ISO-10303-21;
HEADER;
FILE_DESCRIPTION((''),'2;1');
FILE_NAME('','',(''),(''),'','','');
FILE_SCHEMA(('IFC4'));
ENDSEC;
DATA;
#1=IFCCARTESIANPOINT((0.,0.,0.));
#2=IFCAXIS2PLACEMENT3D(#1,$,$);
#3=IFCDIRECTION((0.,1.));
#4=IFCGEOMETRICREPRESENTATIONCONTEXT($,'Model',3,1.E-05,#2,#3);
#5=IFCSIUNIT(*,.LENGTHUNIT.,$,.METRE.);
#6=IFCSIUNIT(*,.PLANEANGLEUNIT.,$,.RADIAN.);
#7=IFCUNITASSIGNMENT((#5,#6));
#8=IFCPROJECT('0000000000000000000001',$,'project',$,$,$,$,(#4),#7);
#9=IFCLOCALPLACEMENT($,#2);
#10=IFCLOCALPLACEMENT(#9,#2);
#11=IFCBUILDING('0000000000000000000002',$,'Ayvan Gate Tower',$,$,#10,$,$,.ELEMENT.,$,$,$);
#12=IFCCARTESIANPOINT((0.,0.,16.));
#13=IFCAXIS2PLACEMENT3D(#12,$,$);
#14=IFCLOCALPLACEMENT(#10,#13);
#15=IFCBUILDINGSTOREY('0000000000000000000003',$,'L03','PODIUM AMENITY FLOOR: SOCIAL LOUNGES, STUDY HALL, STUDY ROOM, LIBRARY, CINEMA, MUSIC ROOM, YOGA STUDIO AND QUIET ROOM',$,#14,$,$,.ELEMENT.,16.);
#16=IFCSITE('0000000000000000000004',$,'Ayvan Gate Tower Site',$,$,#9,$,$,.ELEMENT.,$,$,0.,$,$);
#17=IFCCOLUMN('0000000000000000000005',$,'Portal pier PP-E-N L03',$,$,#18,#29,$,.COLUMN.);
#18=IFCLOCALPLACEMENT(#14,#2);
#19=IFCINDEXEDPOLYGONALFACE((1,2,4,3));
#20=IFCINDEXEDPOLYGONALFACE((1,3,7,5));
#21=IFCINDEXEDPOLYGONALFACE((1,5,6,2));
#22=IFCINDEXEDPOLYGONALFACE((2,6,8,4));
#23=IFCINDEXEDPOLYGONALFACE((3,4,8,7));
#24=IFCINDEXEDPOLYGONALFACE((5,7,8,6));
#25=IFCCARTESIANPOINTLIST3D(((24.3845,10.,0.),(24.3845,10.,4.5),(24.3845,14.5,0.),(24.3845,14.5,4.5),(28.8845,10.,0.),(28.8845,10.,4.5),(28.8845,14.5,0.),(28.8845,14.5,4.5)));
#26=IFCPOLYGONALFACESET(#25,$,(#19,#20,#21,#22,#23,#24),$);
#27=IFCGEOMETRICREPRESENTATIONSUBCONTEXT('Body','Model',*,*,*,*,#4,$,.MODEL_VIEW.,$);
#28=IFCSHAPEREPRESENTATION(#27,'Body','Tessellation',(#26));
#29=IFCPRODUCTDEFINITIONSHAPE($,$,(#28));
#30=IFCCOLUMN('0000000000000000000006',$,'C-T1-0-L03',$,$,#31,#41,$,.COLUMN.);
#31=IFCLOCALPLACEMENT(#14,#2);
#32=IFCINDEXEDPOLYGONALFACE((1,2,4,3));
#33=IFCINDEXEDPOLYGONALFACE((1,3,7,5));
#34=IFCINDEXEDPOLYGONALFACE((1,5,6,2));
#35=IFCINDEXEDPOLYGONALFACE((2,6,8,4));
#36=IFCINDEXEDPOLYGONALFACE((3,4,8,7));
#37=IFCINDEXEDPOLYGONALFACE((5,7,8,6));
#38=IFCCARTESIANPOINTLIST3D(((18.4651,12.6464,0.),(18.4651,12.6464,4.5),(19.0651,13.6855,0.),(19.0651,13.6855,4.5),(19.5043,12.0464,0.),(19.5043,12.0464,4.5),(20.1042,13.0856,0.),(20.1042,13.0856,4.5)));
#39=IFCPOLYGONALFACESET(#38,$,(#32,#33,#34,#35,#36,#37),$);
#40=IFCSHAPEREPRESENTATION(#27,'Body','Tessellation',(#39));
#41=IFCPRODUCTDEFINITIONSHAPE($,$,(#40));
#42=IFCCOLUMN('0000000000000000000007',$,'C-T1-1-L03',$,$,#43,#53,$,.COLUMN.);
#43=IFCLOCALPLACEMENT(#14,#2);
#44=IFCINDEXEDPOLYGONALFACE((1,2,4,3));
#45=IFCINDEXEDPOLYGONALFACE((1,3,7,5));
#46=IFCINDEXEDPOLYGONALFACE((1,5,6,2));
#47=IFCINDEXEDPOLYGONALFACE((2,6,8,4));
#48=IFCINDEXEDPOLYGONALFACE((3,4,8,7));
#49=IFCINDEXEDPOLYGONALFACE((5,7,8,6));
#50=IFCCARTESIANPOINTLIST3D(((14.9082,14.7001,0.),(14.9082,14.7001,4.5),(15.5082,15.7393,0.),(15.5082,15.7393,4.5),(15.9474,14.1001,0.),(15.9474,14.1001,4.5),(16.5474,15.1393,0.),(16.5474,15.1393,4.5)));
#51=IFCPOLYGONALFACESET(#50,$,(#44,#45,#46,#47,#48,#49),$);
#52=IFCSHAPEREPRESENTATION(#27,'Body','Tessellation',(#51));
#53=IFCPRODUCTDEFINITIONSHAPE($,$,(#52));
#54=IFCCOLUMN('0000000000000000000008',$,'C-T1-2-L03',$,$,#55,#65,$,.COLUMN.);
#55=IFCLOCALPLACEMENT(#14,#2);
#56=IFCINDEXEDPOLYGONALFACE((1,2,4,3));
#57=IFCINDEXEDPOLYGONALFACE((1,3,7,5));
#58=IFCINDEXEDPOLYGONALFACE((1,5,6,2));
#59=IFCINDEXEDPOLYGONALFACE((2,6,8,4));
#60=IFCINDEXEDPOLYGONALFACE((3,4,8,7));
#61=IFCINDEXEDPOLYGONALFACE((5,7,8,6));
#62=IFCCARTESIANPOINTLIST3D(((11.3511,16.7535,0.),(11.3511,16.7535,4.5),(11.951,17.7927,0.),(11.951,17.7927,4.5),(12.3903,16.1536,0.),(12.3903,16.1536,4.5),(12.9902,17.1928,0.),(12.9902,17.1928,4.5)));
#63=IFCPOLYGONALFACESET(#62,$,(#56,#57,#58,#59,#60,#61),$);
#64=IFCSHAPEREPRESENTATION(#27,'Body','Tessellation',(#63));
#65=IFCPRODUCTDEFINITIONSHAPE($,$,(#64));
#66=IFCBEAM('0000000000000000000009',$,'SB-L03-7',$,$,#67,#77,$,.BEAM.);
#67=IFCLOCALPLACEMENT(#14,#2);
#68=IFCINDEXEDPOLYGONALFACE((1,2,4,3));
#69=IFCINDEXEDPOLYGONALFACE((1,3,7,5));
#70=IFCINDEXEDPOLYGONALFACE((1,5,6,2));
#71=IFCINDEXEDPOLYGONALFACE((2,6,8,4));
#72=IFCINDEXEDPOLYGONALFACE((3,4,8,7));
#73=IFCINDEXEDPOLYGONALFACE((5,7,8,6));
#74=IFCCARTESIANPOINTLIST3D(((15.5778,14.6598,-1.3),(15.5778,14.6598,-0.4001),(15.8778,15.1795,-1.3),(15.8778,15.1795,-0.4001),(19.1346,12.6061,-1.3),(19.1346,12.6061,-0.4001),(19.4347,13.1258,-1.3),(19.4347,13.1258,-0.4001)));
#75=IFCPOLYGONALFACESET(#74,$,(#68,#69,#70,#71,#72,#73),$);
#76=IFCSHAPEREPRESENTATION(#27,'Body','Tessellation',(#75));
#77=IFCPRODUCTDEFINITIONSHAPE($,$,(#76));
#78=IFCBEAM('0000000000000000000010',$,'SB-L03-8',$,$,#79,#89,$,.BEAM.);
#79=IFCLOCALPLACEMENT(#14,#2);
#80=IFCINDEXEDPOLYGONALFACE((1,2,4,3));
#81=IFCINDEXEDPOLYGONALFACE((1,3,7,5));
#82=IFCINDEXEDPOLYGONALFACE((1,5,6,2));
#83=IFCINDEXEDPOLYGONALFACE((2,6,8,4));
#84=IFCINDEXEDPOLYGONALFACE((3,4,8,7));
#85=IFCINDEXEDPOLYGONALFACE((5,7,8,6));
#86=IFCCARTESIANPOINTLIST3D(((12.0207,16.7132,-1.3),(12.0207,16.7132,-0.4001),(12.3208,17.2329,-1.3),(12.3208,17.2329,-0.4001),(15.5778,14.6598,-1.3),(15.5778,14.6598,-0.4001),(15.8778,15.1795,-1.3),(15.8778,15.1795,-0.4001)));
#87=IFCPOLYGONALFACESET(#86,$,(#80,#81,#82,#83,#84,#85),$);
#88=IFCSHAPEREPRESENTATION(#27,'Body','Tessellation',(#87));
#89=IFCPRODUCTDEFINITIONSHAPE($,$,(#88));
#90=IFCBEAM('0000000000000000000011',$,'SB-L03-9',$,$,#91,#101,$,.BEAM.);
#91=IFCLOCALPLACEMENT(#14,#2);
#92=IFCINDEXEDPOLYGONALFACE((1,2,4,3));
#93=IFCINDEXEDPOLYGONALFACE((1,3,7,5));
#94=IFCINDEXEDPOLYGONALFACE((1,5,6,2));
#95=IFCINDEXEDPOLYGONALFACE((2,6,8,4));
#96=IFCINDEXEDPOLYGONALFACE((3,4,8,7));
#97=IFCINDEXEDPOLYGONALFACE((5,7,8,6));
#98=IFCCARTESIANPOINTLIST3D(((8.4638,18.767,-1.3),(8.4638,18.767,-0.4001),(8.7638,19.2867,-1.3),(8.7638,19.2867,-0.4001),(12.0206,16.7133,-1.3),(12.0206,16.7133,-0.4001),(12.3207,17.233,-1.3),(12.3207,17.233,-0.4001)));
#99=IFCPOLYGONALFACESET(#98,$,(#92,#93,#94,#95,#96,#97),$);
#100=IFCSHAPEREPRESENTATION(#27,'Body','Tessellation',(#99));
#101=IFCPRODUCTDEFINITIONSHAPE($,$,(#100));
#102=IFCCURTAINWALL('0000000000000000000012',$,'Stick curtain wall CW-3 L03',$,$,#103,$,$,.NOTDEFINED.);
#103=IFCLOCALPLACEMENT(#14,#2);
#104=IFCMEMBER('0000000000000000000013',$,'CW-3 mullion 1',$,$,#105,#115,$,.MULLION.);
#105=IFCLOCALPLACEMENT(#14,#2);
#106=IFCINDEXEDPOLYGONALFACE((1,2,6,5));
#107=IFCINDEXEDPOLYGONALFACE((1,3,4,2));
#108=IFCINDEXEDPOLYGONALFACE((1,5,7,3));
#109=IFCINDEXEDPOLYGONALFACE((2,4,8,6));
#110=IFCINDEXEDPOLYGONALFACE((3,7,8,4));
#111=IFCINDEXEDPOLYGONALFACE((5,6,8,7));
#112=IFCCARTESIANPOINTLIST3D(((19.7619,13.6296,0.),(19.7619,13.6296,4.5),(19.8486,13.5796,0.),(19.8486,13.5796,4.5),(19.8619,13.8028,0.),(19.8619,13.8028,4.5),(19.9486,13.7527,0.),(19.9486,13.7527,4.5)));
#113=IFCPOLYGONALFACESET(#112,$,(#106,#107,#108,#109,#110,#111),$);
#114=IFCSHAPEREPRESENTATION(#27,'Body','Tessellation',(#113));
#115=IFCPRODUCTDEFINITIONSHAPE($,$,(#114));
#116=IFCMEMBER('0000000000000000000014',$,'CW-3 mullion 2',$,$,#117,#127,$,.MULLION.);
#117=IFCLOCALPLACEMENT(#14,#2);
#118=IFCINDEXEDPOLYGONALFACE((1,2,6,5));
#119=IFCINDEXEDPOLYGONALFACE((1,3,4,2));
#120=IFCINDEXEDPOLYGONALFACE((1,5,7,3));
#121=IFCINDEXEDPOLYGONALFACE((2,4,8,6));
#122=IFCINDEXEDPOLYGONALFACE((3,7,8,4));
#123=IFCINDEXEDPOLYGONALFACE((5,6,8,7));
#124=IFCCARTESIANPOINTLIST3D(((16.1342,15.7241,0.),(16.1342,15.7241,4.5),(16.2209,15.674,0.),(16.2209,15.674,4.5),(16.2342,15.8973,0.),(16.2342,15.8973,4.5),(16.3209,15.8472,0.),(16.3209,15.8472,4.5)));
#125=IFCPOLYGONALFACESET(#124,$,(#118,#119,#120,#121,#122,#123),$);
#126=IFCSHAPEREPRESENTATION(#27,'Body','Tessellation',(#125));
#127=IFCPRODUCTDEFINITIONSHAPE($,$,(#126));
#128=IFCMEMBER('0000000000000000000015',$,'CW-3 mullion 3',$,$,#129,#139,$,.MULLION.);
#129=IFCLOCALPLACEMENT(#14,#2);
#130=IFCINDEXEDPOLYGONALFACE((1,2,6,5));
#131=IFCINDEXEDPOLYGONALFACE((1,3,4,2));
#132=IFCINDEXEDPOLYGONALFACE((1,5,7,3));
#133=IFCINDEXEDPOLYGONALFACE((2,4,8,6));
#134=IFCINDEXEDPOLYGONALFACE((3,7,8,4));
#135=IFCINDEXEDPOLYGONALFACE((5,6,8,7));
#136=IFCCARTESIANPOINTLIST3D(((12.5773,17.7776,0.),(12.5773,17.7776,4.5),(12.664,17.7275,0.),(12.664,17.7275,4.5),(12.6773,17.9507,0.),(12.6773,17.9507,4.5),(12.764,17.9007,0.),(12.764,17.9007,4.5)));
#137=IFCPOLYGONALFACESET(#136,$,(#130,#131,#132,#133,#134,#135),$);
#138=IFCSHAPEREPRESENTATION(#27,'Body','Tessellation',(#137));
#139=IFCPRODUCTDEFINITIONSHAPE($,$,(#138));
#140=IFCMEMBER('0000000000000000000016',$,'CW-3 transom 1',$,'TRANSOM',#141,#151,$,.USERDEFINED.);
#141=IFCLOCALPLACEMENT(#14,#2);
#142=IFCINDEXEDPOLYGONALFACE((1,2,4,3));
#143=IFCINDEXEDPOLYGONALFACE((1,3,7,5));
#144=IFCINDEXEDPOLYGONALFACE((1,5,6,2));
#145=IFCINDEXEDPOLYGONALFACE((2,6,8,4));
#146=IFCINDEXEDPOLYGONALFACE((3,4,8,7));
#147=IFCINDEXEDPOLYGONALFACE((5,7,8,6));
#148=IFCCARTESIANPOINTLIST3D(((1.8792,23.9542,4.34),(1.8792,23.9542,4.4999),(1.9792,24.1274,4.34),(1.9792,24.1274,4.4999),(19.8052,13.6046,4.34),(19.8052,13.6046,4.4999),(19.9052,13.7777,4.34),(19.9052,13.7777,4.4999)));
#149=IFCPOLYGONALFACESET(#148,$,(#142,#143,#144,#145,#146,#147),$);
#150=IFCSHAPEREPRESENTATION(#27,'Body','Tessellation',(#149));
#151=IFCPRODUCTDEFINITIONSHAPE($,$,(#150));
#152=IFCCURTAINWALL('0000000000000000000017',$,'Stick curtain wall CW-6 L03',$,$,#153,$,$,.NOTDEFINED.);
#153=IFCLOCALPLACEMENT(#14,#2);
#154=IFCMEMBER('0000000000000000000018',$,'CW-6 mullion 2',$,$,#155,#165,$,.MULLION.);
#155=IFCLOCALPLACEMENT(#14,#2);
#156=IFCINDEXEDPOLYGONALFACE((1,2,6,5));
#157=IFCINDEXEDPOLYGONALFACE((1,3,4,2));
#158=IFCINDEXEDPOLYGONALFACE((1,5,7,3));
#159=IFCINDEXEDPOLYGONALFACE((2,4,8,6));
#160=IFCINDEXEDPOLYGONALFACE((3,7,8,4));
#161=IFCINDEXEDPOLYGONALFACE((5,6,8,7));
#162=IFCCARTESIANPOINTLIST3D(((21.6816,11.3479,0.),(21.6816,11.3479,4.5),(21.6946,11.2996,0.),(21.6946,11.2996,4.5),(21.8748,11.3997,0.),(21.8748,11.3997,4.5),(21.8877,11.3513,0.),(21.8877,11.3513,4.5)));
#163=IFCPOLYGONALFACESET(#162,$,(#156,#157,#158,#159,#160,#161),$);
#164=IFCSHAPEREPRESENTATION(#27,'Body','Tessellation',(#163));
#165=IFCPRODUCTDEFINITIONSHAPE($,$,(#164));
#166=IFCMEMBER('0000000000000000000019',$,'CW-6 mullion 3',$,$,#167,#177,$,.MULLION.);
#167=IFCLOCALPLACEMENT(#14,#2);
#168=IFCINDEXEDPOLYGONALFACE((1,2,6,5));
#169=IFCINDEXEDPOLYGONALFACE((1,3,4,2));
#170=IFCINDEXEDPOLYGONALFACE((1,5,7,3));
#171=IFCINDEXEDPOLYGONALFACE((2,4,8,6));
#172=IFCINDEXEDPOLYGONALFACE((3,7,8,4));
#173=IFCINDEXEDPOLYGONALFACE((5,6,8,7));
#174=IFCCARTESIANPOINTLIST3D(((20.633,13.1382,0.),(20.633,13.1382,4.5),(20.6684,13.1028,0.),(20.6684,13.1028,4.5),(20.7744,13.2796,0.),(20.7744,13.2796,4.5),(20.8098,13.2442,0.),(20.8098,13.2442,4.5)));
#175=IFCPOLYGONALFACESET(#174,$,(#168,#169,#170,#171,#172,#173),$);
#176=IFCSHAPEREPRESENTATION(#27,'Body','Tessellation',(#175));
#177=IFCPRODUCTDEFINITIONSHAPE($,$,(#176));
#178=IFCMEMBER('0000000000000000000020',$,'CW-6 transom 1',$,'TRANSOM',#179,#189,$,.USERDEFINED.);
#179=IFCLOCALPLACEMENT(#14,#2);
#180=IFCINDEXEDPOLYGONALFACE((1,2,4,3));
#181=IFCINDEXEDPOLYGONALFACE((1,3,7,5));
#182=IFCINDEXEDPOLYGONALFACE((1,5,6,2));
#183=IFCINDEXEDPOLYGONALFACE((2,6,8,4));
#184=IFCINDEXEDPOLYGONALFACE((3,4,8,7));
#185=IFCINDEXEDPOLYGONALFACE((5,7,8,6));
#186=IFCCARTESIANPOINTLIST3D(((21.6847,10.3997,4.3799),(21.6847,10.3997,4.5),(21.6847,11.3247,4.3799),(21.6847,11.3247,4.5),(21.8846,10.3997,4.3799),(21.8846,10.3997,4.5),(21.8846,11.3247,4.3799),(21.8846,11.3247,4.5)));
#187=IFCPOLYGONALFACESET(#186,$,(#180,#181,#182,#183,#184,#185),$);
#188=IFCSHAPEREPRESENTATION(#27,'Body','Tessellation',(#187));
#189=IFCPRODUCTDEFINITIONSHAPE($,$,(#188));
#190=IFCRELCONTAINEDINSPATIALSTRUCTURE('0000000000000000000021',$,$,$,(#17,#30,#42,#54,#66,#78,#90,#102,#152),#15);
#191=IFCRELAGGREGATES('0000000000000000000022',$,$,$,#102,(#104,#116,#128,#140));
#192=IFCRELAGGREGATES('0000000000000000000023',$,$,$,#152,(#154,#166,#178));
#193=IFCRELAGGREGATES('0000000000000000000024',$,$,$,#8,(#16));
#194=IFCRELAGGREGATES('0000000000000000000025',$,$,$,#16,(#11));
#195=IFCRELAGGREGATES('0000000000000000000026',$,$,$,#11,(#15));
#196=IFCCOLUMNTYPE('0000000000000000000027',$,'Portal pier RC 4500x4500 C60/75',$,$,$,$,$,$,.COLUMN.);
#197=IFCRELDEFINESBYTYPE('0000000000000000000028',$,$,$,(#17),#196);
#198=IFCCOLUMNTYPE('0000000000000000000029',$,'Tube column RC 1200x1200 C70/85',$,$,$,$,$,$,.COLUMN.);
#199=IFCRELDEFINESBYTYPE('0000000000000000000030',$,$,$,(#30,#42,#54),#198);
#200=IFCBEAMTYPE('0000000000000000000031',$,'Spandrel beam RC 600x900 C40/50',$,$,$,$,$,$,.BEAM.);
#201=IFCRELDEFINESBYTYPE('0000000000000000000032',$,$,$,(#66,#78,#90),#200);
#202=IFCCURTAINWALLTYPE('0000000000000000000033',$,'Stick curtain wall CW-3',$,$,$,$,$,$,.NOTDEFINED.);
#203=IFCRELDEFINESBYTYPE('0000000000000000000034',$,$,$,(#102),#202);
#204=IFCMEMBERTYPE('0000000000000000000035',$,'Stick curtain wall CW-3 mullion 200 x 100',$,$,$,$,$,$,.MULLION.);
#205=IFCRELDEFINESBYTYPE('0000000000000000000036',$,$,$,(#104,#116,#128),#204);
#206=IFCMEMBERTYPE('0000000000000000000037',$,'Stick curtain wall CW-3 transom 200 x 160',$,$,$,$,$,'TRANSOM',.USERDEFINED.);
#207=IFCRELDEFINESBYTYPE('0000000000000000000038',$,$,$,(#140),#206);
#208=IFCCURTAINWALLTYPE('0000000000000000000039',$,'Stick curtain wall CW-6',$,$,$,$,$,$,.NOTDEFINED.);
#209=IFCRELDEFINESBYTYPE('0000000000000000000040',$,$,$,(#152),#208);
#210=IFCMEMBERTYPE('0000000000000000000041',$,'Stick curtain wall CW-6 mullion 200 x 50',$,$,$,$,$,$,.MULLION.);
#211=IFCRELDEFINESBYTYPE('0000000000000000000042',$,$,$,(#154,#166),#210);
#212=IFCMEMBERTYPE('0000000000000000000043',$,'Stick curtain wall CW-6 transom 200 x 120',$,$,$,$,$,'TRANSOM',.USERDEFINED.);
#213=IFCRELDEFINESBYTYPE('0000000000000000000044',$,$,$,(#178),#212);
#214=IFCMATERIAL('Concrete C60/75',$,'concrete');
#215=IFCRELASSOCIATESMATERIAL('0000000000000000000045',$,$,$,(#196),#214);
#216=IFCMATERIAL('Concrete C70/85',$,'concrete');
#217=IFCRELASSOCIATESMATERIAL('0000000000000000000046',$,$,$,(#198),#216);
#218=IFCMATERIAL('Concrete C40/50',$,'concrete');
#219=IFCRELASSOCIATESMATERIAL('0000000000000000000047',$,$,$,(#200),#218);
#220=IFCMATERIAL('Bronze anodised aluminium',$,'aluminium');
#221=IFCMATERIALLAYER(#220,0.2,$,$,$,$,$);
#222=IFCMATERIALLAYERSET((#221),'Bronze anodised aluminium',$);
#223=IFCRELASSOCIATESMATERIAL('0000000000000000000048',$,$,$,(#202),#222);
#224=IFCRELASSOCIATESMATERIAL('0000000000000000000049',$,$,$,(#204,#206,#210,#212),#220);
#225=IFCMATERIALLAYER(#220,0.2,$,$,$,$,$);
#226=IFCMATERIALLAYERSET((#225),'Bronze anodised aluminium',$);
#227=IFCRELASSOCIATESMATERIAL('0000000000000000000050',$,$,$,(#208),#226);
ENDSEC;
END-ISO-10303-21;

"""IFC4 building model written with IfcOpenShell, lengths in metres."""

from ifc_helpers import new_model, si_unit, direction, frame, origin, origin_2d, place, context, subcontext, project, spatial, rectangle, extrude, material, layer, layer_set, material_profile, profile_set, type_object, element, aggregate, save


model = new_model("IFC4")

# Units and contexts
model_context = context("Model", 3, precision=1e-05, world=origin(), true_north=direction((0.0, 1.0)))
body_context = subcontext(model_context, "Body", "Model", "MODEL_VIEW")
ifc_project = project(units=[si_unit("LENGTHUNIT", "METRE"), si_unit("PLANEANGLEUNIT", "RADIAN")], contexts=[model_context])

# Site, building, storey
site_placement = place(None, origin())
site = spatial("IfcSite", under=ifc_project, at=site_placement, Name="Ayvan Gate Tower Site", CompositionType="ELEMENT", RefElevation=0.0)
building_placement = place(site_placement, origin())
building = spatial("IfcBuilding", under=site, at=building_placement, Name="Ayvan Gate Tower", CompositionType="ELEMENT")
storey_placement = place(building_placement, frame((0.0, 0.0, 16.0)))
storey = spatial("IfcBuildingStorey", under=building, at=storey_placement, Name="L03", Description="PODIUM AMENITY FLOOR: SOCIAL LOUNGES, STUDY HALL, STUDY ROOM, LIBRARY, CINEMA, MUSIC ROOM, YOGA STUDIO AND QUIET ROOM", CompositionType="ELEMENT", Elevation=16.0)

# Columns
ifc_material_1 = material(Name="Concrete C60/75", Category="concrete")
ifc_material_profile_1 = material_profile(ifc_material_1, rectangle(XDim=4.5, YDim=4.5, at=origin_2d()), Name="RC 4500x4500")
ifc_profile_set_1 = profile_set([ifc_material_profile_1], Name="Concrete C60/75")
column_type_1 = type_object("IfcColumnType", Name="Portal pier RC 4500x4500 C60/75", PredefinedType="COLUMN", material=ifc_profile_set_1)
column_placement = place(storey_placement, frame((26.6345, 12.25, 0.0), z_axis=(0.0, 0.0, 1.0), x_axis=(1.0, 0.0, 0.0)))
element("IfcColumn", 1, at=column_placement, inside=storey, type_object=column_type_1, Name="Portal pier PP-E-N L03", PredefinedType="COLUMN", context=body_context, shape_type="SweptSolid", body=[
    extrude(rectangle(XDim=4.5, YDim=4.5, at=origin_2d()), origin(), (0.0, 0.0, 1.0), 4.5),
])
ifc_material_2 = material(Name="Concrete C70/85", Category="concrete")
ifc_material_profile_2 = material_profile(ifc_material_2, rectangle(XDim=1.2, YDim=1.2, at=origin_2d()), Name="RC 1200x1200")
ifc_profile_set_2 = profile_set([ifc_material_profile_2], Name="Concrete C70/85")
column_type_2 = type_object("IfcColumnType", Name="Tube column RC 1200x1200 C70/85", PredefinedType="COLUMN", material=ifc_profile_set_2)
for number, where, z_axis, x_axis, name in (
    (2, (19.2847, 12.866, 0.0), (0.0, 0.0, 1.0), (0.5, 0.866025, 0.0), "C-T1-0-L03"),
    (3, (15.7278, 14.9197, 0.0), (0.0, 0.0, 1.0), (0.5, 0.866025, 0.0), "C-T1-1-L03"),
    (4, (12.1707, 16.9731, 0.0), (0.0, 0.0, 1.0), (0.5, 0.866025, 0.0), "C-T1-2-L03"),
):
    element("IfcColumn", number, at=place(storey_placement, frame(where, z_axis=z_axis, x_axis=x_axis)), inside=storey, type_object=column_type_2, Name=name, PredefinedType="COLUMN", context=body_context, shape_type="SweptSolid", body=[
        extrude(rectangle(XDim=1.2, YDim=1.2, at=origin_2d()), origin(), (0.0, 0.0, 1.0), 4.5),
    ])

# Beams
ifc_material_3 = material(Name="Concrete C40/50", Category="concrete")
ifc_material_profile_3 = material_profile(ifc_material_3, rectangle(XDim=0.6001, YDim=0.8999, at=origin_2d()), Name="RC 600x900")
ifc_profile_set_3 = profile_set([ifc_material_profile_3], Name="Concrete C40/50")
beam_type = type_object("IfcBeamType", Name="Spandrel beam RC 600x900 C40/50", PredefinedType="BEAM", material=ifc_profile_set_3)
for number, where, z_axis, x_axis, name in (
    (5, (19.2847, 12.866, -0.8501), (-0.86601, 0.500026, 0.0), (-0.500026, -0.86601, 0.0), "SB-L03-7"),
    (6, (15.7278, 14.9197, -0.8501), (-0.866051, 0.499956, 0.0), (-0.499956, -0.866051, 0.0), "SB-L03-8"),
    (7, (12.1707, 16.9731, -0.8501), (-0.86601, 0.500026, 0.0), (-0.500026, -0.86601, 0.0), "SB-L03-9"),
):
    element("IfcBeam", number, at=place(storey_placement, frame(where, z_axis=z_axis, x_axis=x_axis)), inside=storey, type_object=beam_type, Name=name, PredefinedType="BEAM", context=body_context, shape_type="SweptSolid", body=[
        extrude(rectangle(XDim=0.6001, YDim=0.8999, at=origin_2d()), origin(), (0.0, 0.0, 1.0), 4.1072),
    ])

# Curtain walls, members
ifc_material_4 = material(Name="Bronze anodised aluminium", Category="aluminium")
ifc_layer_1 = layer(ifc_material_4, 0.2)
ifc_layer_set_1 = layer_set([ifc_layer_1], Name="Bronze anodised aluminium")
curtain_wall_type_1 = type_object("IfcCurtainWallType", Name="Stick curtain wall CW-3", PredefinedType="NOTDEFINED", material=ifc_layer_set_1)
curtain_wall_1_placement = place(storey_placement, origin())
curtain_wall_1 = element("IfcCurtainWall", 8, at=curtain_wall_1_placement, inside=storey, type_object=curtain_wall_type_1, Name="Stick curtain wall CW-3 L03", PredefinedType="NOTDEFINED")
ifc_material_profile_4 = material_profile(ifc_material_4, rectangle(XDim=0.2, YDim=0.1001, at=origin_2d()), Name="Stick curtain wall CW-3 mullion 200 x 100")
ifc_profile_set_4 = profile_set([ifc_material_profile_4], Name="Bronze anodised aluminium")
member_type_1 = type_object("IfcMemberType", Name="Stick curtain wall CW-3 mullion 200 x 100", PredefinedType="MULLION", material=ifc_profile_set_4)
member_1_placement = place(storey_placement, frame((19.8552, 13.6912, 0.0), z_axis=(0.0, 0.0, 1.0), x_axis=(0.5, 0.866025, 0.0)))
member_1 = element("IfcMember", 9, at=member_1_placement, type_object=member_type_1, Name="CW-3 mullion 1", PredefinedType="MULLION", context=body_context, shape_type="SweptSolid", body=[
    extrude(rectangle(XDim=0.2, YDim=0.1001, at=origin_2d()), origin(), (0.0, 0.0, 1.0), 4.5),
])
member_2_placement = place(storey_placement, frame((16.2275, 15.7856, 0.0), z_axis=(0.0, 0.0, 1.0), x_axis=(0.5, 0.866025, 0.0)))
member_2 = element("IfcMember", 10, at=member_2_placement, type_object=member_type_1, Name="CW-3 mullion 2", PredefinedType="MULLION", context=body_context, shape_type="SweptSolid", body=[
    extrude(rectangle(XDim=0.2, YDim=0.1001, at=origin_2d()), origin(), (0.0, 0.0, 1.0), 4.5),
])
member_3_placement = place(storey_placement, frame((12.6707, 17.8391, 0.0), z_axis=(0.0, 0.0, 1.0), x_axis=(0.5, 0.866025, 0.0)))
member_3 = element("IfcMember", 11, at=member_3_placement, type_object=member_type_1, Name="CW-3 mullion 3", PredefinedType="MULLION", context=body_context, shape_type="SweptSolid", body=[
    extrude(rectangle(XDim=0.2, YDim=0.1001, at=origin_2d()), origin(), (0.0, 0.0, 1.0), 4.5),
])
ifc_material_profile_5 = material_profile(ifc_material_4, rectangle(XDim=0.2, YDim=0.1599, at=origin_2d()), Name="Stick curtain wall CW-3 transom 200 x 160")
ifc_profile_set_5 = profile_set([ifc_material_profile_5], Name="Bronze anodised aluminium")
member_type_2 = type_object("IfcMemberType", Name="Stick curtain wall CW-3 transom 200 x 160", ElementType="TRANSOM", PredefinedType="USERDEFINED", material=ifc_profile_set_5)
member_4_placement = place(storey_placement, frame((19.8552, 13.6912, 4.4199), z_axis=(-0.866025, 0.5, 0.0), x_axis=(-0.5, -0.866025, 0.0)))
member_4 = element("IfcMember", 12, at=member_4_placement, type_object=member_type_2, Name="CW-3 transom 1", ObjectType="TRANSOM", PredefinedType="USERDEFINED", context=body_context, shape_type="SweptSolid", body=[
    extrude(rectangle(XDim=0.2, YDim=0.1599, at=origin_2d()), origin(), (0.0, 0.0, 1.0), 20.6992),
])
ifc_layer_2 = layer(ifc_material_4, 0.2)
ifc_layer_set_2 = layer_set([ifc_layer_2], Name="Bronze anodised aluminium")
curtain_wall_type_2 = type_object("IfcCurtainWallType", Name="Stick curtain wall CW-6", PredefinedType="NOTDEFINED", material=ifc_layer_set_2)
curtain_wall_2_placement = place(storey_placement, origin())
curtain_wall_2 = element("IfcCurtainWall", 13, at=curtain_wall_2_placement, inside=storey, type_object=curtain_wall_type_2, Name="Stick curtain wall CW-6 L03", PredefinedType="NOTDEFINED")
ifc_material_profile_6 = material_profile(ifc_material_4, rectangle(XDim=0.2, YDim=0.05, at=origin_2d()), Name="Stick curtain wall CW-6 mullion 200 x 50")
ifc_profile_set_6 = profile_set([ifc_material_profile_6], Name="Bronze anodised aluminium")
member_type_3 = type_object("IfcMemberType", Name="Stick curtain wall CW-6 mullion 200 x 50", PredefinedType="MULLION", material=ifc_profile_set_6)
member_5_placement = place(storey_placement, frame((21.7847, 11.3496, 0.0), z_axis=(0.0, 0.0, 1.0), x_axis=(0.965926, 0.258819, 0.0)))
member_5 = element("IfcMember", 14, at=member_5_placement, type_object=member_type_3, Name="CW-6 mullion 2", PredefinedType="MULLION", context=body_context, shape_type="SweptSolid", body=[
    extrude(rectangle(XDim=0.2, YDim=0.05, at=origin_2d()), origin(), (0.0, 0.0, 1.0), 4.5),
])
member_6_placement = place(storey_placement, frame((20.7214, 13.1912, 0.0), z_axis=(0.0, 0.0, 1.0), x_axis=(0.707107, 0.707107, 0.0)))
member_6 = element("IfcMember", 15, at=member_6_placement, type_object=member_type_3, Name="CW-6 mullion 3", PredefinedType="MULLION", context=body_context, shape_type="SweptSolid", body=[
    extrude(rectangle(XDim=0.2, YDim=0.05, at=origin_2d()), origin(), (0.0, 0.0, 1.0), 4.5),
])
ifc_material_profile_7 = material_profile(ifc_material_4, rectangle(XDim=0.2, YDim=0.1201, at=origin_2d()), Name="Stick curtain wall CW-6 transom 200 x 120")
ifc_profile_set_7 = profile_set([ifc_material_profile_7], Name="Bronze anodised aluminium")
member_type_4 = type_object("IfcMemberType", Name="Stick curtain wall CW-6 transom 200 x 120", ElementType="TRANSOM", PredefinedType="USERDEFINED", material=ifc_profile_set_7)
member_7_placement = place(storey_placement, frame((21.7847, 10.3997, 4.4399), z_axis=(0.0, 1.0, 0.0), x_axis=(-1.0, 0.0, 0.0)))
member_7 = element("IfcMember", 16, at=member_7_placement, type_object=member_type_4, Name="CW-6 transom 1", ObjectType="TRANSOM", PredefinedType="USERDEFINED", context=body_context, shape_type="SweptSolid", body=[
    extrude(rectangle(XDim=0.2, YDim=0.1201, at=origin_2d()), origin(), (0.0, 0.0, 1.0), 0.925),
])

aggregate(curtain_wall_1, [member_1, member_2, member_3, member_4])
aggregate(curtain_wall_2, [member_5, member_6, member_7])

save(model, "model.ifc")
